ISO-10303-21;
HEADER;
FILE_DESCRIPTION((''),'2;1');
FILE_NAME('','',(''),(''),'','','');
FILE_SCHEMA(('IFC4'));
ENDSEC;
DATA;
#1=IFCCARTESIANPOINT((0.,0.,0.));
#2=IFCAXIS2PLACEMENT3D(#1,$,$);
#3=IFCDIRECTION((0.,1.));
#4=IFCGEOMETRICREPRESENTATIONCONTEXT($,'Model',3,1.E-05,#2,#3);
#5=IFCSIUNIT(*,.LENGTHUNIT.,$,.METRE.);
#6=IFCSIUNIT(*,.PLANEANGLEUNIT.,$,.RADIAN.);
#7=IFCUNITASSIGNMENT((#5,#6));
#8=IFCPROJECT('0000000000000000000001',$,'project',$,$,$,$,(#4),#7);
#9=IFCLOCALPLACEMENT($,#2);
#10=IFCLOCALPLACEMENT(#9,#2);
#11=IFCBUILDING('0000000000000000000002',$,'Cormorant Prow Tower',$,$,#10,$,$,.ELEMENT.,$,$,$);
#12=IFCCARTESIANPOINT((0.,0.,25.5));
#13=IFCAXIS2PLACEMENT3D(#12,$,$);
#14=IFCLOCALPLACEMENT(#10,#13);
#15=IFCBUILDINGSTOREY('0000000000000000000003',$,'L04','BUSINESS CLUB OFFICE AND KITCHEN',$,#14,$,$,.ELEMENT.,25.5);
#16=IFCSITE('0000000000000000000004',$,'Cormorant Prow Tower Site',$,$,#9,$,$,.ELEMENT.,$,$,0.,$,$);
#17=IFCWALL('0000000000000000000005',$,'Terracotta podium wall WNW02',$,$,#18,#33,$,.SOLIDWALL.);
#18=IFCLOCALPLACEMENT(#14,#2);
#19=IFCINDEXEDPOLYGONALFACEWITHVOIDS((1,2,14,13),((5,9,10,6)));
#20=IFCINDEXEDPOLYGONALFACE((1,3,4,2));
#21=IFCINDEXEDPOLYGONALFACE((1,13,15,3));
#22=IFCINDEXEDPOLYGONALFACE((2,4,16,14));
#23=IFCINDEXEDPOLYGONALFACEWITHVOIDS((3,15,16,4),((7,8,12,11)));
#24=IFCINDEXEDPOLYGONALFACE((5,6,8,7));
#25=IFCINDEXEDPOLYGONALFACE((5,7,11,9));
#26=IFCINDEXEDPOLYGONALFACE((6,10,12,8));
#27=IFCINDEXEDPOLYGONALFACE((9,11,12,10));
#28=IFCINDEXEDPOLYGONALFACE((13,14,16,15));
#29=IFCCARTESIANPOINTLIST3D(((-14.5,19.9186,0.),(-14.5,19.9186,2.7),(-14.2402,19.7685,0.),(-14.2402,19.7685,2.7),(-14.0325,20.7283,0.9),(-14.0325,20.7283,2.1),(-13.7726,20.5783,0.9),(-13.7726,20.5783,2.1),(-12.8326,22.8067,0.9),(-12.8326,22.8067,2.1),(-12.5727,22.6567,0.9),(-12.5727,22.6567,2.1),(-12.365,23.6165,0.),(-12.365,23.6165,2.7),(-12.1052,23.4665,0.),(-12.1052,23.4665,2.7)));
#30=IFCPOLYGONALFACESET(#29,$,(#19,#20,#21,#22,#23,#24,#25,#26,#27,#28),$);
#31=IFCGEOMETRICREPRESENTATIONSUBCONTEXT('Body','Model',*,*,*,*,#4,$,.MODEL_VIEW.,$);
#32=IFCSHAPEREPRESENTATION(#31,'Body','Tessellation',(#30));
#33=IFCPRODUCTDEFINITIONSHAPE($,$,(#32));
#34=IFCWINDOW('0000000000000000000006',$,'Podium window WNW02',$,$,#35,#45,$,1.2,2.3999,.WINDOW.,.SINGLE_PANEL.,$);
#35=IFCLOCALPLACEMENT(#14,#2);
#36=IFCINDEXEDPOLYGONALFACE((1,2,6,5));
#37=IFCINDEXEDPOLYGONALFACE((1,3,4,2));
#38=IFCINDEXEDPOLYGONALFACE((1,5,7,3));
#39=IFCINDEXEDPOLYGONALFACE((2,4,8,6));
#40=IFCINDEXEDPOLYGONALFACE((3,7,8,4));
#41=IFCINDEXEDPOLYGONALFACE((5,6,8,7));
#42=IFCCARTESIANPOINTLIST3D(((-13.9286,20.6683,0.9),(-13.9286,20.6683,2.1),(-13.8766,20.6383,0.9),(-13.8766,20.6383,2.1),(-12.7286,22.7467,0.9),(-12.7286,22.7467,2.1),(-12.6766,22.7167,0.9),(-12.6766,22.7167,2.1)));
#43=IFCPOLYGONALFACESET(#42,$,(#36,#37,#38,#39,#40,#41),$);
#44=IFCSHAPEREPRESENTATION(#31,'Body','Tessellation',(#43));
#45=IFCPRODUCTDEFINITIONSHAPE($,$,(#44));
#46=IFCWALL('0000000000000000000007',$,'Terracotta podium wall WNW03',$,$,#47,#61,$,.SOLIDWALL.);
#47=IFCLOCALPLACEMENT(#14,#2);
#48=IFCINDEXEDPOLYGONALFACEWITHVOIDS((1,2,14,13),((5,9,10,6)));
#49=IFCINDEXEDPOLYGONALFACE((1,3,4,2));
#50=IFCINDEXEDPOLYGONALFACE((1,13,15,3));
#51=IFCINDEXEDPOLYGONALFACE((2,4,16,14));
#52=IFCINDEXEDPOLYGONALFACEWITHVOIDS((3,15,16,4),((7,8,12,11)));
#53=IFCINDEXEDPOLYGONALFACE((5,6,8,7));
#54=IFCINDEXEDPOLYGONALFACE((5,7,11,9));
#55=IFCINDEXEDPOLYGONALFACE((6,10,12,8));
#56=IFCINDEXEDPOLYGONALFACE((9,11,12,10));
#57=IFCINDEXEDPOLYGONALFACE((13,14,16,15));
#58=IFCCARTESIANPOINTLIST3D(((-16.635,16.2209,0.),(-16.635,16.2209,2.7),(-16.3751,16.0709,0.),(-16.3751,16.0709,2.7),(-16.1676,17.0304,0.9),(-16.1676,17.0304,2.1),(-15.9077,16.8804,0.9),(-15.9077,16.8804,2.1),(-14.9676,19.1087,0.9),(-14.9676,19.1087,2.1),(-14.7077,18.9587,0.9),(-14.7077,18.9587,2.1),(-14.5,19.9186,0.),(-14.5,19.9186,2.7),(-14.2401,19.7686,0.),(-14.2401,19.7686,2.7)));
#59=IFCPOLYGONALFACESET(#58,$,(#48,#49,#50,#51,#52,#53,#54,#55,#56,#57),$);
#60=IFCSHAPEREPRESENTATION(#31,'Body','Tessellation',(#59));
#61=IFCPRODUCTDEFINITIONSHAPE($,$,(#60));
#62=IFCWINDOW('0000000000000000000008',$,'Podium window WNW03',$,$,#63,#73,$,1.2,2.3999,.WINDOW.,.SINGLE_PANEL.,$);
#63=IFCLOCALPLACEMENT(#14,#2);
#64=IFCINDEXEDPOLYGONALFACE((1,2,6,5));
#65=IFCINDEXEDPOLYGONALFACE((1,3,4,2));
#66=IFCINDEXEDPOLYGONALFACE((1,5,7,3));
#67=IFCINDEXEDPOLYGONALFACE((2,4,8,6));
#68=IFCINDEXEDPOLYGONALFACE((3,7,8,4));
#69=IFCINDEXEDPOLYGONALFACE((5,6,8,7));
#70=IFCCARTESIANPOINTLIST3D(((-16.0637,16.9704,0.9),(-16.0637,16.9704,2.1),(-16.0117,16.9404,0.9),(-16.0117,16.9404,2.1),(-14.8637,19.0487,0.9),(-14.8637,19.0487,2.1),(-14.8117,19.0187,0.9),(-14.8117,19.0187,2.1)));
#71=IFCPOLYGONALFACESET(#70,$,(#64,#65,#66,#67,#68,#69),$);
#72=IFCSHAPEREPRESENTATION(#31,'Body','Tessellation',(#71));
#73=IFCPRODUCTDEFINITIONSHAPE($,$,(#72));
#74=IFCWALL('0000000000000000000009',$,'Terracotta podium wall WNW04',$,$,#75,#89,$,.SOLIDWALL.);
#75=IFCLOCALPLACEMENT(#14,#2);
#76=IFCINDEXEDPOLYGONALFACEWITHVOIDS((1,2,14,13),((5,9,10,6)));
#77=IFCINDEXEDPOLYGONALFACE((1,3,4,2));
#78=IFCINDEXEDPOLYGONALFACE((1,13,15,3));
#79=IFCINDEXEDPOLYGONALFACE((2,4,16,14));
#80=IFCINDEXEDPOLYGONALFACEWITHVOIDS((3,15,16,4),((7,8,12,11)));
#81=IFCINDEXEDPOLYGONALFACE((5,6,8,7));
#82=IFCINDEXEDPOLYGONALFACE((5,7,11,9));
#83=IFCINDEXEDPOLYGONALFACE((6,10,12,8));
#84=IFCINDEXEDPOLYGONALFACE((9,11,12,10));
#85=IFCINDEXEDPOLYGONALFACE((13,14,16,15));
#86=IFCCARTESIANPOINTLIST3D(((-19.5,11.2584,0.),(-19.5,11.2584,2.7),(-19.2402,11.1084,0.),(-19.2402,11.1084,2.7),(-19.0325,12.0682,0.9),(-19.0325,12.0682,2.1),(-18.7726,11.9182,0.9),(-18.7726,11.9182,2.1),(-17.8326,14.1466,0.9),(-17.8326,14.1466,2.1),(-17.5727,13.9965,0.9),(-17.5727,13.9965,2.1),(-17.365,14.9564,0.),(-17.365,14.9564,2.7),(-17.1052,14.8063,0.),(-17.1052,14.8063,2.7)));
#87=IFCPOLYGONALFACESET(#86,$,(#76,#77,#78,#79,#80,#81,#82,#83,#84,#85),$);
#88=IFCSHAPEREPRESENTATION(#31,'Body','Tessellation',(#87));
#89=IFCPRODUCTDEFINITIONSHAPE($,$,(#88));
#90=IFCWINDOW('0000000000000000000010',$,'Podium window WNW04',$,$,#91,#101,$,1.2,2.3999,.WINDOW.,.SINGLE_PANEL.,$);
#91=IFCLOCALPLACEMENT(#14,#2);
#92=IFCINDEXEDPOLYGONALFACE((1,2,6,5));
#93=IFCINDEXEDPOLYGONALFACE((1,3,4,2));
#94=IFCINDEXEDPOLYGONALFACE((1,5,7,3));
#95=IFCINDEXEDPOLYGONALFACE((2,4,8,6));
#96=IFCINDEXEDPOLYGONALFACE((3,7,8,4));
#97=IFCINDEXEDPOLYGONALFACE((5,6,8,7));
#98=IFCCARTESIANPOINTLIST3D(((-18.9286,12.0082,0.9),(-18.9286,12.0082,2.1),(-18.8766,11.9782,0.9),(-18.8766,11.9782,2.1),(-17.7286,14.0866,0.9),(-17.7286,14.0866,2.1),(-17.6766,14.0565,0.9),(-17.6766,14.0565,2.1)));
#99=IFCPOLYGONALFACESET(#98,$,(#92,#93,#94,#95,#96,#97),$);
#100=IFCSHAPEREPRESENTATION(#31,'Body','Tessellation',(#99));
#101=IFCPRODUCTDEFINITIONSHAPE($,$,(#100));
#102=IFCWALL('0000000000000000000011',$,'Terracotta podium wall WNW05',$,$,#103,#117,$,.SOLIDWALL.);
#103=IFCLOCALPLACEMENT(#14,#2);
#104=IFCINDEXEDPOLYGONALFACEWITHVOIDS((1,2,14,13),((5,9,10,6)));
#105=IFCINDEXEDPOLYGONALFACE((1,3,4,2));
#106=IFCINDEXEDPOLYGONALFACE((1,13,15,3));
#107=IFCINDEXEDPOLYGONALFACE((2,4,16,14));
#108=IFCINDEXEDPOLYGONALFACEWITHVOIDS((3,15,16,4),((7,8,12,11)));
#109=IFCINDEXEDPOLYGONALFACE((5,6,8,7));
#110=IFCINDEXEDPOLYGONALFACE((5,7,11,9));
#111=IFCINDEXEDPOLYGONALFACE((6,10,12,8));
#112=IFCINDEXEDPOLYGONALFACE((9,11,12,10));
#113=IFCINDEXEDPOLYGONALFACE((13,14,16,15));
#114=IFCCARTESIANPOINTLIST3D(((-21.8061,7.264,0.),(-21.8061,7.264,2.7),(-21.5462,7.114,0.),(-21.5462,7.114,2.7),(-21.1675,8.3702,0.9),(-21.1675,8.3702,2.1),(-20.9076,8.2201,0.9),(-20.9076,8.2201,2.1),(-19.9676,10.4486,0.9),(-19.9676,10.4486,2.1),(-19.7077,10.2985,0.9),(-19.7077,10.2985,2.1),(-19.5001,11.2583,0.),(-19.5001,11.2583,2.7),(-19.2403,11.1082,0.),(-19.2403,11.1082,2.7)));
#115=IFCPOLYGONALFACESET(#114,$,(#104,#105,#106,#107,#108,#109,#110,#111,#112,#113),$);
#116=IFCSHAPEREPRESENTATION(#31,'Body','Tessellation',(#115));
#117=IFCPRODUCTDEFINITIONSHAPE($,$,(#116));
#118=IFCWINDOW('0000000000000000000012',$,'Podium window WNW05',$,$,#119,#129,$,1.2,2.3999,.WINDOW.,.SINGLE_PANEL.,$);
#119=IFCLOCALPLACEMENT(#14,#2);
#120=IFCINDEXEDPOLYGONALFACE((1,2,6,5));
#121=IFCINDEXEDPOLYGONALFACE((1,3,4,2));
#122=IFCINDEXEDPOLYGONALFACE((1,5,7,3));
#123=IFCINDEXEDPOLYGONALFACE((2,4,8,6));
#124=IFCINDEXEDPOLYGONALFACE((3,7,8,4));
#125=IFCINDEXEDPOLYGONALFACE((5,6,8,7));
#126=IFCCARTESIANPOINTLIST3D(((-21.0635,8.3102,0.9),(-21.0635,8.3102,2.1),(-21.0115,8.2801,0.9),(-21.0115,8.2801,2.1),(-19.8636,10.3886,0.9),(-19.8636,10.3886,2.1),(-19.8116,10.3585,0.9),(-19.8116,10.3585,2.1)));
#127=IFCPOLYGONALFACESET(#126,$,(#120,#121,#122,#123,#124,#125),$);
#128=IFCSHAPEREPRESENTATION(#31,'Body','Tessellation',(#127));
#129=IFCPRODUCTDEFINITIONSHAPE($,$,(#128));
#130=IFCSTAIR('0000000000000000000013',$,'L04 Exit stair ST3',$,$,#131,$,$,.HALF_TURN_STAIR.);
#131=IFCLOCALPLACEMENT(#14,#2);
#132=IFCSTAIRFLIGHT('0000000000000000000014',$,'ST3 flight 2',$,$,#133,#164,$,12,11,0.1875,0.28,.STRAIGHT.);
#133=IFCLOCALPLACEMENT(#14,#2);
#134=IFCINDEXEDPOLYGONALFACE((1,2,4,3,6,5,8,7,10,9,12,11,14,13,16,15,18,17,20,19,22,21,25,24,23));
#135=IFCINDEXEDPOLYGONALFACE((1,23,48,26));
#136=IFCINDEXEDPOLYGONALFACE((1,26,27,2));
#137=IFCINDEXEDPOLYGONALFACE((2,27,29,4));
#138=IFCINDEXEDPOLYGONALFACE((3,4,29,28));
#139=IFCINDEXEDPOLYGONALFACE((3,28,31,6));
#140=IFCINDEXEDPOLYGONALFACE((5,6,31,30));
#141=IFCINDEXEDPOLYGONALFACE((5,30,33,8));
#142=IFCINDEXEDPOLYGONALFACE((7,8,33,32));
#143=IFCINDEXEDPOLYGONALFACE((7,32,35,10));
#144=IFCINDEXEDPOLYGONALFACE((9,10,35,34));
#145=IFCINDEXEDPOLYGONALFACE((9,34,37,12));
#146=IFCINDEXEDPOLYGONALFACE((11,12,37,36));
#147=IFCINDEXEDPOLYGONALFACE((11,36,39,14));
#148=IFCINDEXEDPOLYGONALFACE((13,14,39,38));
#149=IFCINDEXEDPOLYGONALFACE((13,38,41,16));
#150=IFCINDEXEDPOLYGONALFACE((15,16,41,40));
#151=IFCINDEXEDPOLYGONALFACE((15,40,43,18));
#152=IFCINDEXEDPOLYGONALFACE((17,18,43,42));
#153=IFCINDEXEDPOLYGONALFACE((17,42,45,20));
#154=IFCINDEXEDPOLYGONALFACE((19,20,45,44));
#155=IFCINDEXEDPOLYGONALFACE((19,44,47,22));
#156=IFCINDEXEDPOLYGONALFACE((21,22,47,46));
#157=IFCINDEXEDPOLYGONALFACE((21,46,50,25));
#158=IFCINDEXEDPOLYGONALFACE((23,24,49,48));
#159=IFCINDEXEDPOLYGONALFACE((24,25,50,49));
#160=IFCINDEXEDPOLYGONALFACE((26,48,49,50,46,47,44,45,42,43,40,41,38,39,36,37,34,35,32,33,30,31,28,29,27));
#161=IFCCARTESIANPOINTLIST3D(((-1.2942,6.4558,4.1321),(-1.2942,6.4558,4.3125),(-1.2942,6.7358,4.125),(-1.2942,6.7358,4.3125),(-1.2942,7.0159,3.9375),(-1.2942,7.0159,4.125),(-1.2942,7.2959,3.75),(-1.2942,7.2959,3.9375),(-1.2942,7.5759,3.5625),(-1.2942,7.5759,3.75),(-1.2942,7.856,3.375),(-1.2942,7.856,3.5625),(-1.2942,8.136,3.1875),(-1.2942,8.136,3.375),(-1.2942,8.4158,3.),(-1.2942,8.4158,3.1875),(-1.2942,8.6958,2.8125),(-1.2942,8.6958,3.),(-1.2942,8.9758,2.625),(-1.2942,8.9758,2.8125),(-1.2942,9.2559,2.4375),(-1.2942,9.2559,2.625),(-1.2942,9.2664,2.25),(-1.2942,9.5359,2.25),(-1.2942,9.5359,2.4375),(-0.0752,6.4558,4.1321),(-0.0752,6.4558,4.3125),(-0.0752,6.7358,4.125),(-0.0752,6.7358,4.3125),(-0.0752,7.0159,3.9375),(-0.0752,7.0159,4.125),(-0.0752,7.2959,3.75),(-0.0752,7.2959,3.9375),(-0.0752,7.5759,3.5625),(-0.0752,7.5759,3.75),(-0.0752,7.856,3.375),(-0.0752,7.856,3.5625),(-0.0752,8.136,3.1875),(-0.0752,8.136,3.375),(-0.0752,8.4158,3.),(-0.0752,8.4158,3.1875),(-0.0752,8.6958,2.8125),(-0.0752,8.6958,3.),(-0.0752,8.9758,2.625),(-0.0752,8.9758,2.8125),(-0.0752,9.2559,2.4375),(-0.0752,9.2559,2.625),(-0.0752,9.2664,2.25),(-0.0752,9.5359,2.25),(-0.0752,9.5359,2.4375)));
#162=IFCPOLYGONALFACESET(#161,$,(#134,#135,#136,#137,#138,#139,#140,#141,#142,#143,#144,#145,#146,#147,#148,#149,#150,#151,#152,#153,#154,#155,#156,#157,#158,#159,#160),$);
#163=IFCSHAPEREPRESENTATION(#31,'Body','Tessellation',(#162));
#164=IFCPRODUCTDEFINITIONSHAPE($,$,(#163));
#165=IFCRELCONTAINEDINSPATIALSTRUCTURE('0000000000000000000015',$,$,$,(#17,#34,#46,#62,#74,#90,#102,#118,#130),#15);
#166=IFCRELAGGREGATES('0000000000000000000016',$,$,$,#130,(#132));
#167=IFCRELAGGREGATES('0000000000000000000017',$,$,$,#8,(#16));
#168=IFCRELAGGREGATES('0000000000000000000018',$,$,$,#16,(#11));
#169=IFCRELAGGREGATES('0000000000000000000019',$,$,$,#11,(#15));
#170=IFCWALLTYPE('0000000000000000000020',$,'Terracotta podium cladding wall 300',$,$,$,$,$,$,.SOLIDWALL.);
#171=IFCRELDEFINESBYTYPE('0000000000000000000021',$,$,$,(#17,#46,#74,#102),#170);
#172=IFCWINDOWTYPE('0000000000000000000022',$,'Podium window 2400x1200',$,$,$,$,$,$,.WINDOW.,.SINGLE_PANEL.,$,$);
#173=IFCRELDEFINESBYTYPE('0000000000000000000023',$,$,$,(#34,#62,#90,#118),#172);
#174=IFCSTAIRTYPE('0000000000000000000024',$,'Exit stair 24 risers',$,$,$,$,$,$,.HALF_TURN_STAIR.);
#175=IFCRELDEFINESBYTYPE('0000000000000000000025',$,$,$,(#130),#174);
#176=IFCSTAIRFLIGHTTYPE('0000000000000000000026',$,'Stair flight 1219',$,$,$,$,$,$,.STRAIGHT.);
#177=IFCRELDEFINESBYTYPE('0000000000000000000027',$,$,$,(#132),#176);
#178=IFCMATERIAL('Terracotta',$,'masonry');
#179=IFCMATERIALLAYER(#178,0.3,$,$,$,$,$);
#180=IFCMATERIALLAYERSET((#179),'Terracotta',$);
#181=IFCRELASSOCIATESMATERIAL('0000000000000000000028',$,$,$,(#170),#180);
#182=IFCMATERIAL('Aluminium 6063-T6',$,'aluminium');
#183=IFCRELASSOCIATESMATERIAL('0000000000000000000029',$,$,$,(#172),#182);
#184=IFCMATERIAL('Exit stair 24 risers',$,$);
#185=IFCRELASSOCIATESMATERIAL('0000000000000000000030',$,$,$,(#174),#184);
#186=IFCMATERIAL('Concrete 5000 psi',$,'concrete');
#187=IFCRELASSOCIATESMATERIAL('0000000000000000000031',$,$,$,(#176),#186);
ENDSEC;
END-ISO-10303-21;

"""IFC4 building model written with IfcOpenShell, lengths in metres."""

from ifc_helpers import new_model, si_unit, direction, frame, frame_2d, origin, place, context, subcontext, project, spatial, polyline, rectangle, outline, extrude, material, layer, layer_set, type_object, element, fill, aggregate, save


model = new_model("IFC4")

# Units and contexts
model_context = context("Model", 3, precision=1e-05, world=origin(), true_north=direction((0.0, 1.0)))
body_context = subcontext(model_context, "Body", "Model", "MODEL_VIEW")
ifc_project = project(units=[si_unit("LENGTHUNIT", "METRE"), si_unit("PLANEANGLEUNIT", "RADIAN")], contexts=[model_context])

# Site, building, storey
site_placement = place(None, origin())
site = spatial("IfcSite", under=ifc_project, at=site_placement, Name="Cormorant Prow Tower Site", CompositionType="ELEMENT", RefElevation=0.0)
building_placement = place(site_placement, origin())
building = spatial("IfcBuilding", under=site, at=building_placement, Name="Cormorant Prow Tower", CompositionType="ELEMENT")
storey_placement = place(building_placement, frame((0.0, 0.0, 25.5)))
storey = spatial("IfcBuildingStorey", under=building, at=storey_placement, Name="L04", Description="BUSINESS CLUB OFFICE AND KITCHEN", CompositionType="ELEMENT", Elevation=25.5)

# Walls, openings, windows
ifc_material_1 = material(Name="Terracotta", Category="masonry")
ifc_layer_1 = layer(ifc_material_1, 0.3)
ifc_layer_set_1 = layer_set([ifc_layer_1], Name="Terracotta")
wall_type_1 = type_object("IfcWallType", Name="Terracotta podium cladding wall 300", PredefinedType="SOLIDWALL", material=ifc_layer_set_1)
ifc_material_2 = material(Name="Aluminium 6063-T6", Category="aluminium")
window_type = type_object("IfcWindowType", Name="Podium window 2400x1200", PartitioningType="SINGLE_PANEL", PredefinedType="WINDOW", material=ifc_material_2)
wall_1_placement = place(storey_placement, frame((-12.2351, 23.5415, 0.0), z_axis=(0.0, 0.0, 1.0), x_axis=(-0.499995, -0.866028, 0.0)))
wall_1 = element("IfcWall", 1, at=wall_1_placement, inside=storey, type_object=wall_type_1, Name="Terracotta podium wall WNW02", PredefinedType="SOLIDWALL", context=body_context, shape_type="SweptSolid", body=[
    extrude(rectangle(XDim=4.27, YDim=0.3, at=frame_2d((2.135, 0.0))), origin(), (0.0, 0.0, 1.0), 2.7),
])
opening_1_placement = place(wall_1_placement, frame((0.9351, 0.0, 0.8999)))
opening_1 = element("IfcOpeningElement", 2, at=opening_1_placement, cuts=wall_1, PredefinedType="OPENING", context=body_context, shape_type="SweptSolid", body=[
    extrude(rectangle(XDim=2.3999, YDim=1.2, at=frame_2d((1.2, 0.6001))), frame((0.0, 0.1599, 0.0), z_axis=(0.0, -1.0, 0.0), x_axis=(1.0, 0.0, 0.0)), (0.0, 0.0, 1.0), 0.3201),
])
window_1_placement = place(opening_1_placement, origin())
window_1 = element("IfcWindow", 3, at=window_1_placement, inside=storey, type_object=window_type, Name="Podium window WNW02", OverallHeight=1.2, OverallWidth=2.3999, PartitioningType="SINGLE_PANEL", PredefinedType="WINDOW", context=body_context, shape_type="SweptSolid", body=[
    extrude(rectangle(XDim=2.3999, YDim=1.2, at=frame_2d((1.2, 0.6001))), frame((0.0, 0.03, 0.0), z_axis=(0.0, -1.0, 0.0), x_axis=(1.0, 0.0, 0.0)), (0.0, 0.0, 1.0), 0.0601),
])
fill(opening_1, window_1)
wall_2_placement = place(storey_placement, frame((-14.3701, 19.8435, 0.0), z_axis=(0.0, 0.0, 1.0), x_axis=(-0.500019, -0.866014, 0.0)))
wall_2 = element("IfcWall", 4, at=wall_2_placement, inside=storey, type_object=wall_type_1, Name="Terracotta podium wall WNW03", PredefinedType="SOLIDWALL", context=body_context, shape_type="SweptSolid", body=[
    extrude(rectangle(XDim=4.2698, YDim=0.3, at=frame_2d((2.1348, 0.0))), origin(), (0.0, 0.0, 1.0), 2.7),
])
opening_2_placement = place(wall_2_placement, frame((0.9351, 0.0, 0.8999)))
opening_2 = element("IfcOpeningElement", 5, at=opening_2_placement, cuts=wall_2, PredefinedType="OPENING", context=body_context, shape_type="SweptSolid", body=[
    extrude(rectangle(XDim=2.3999, YDim=1.2, at=frame_2d((1.2, 0.6001))), frame((0.0, 0.1599, 0.0), z_axis=(0.0, -1.0, 0.0), x_axis=(1.0, 0.0, 0.0)), (0.0, 0.0, 1.0), 0.3201),
])
window_2_placement = place(opening_2_placement, origin())
window_2 = element("IfcWindow", 6, at=window_2_placement, inside=storey, type_object=window_type, Name="Podium window WNW03", OverallHeight=1.2, OverallWidth=2.3999, PartitioningType="SINGLE_PANEL", PredefinedType="WINDOW", context=body_context, shape_type="SweptSolid", body=[
    extrude(rectangle(XDim=2.3999, YDim=1.2, at=frame_2d((1.2, 0.6001))), frame((0.0, 0.03, 0.0), z_axis=(0.0, -1.0, 0.0), x_axis=(1.0, 0.0, 0.0)), (0.0, 0.0, 1.0), 0.0601),
])
fill(opening_2, window_2)
wall_3_placement = place(storey_placement, frame((-17.2351, 14.8813, 0.0), z_axis=(0.0, 0.0, 1.0), x_axis=(-0.499995, -0.866028, 0.0)))
wall_3 = element("IfcWall", 7, at=wall_3_placement, inside=storey, type_object=wall_type_1, Name="Terracotta podium wall WNW04", PredefinedType="SOLIDWALL", context=body_context, shape_type="SweptSolid", body=[
    extrude(rectangle(XDim=4.27, YDim=0.3, at=frame_2d((2.135, 0.0))), origin(), (0.0, 0.0, 1.0), 2.7),
])
opening_3_placement = place(wall_3_placement, frame((0.9351, 0.0, 0.8999)))
opening_3 = element("IfcOpeningElement", 8, at=opening_3_placement, cuts=wall_3, PredefinedType="OPENING", context=body_context, shape_type="SweptSolid", body=[
    extrude(rectangle(XDim=2.3999, YDim=1.2, at=frame_2d((1.2, 0.6001))), frame((0.0, 0.1599, 0.0), z_axis=(0.0, -1.0, 0.0), x_axis=(1.0, 0.0, 0.0)), (0.0, 0.0, 1.0), 0.3201),
])
window_3_placement = place(opening_3_placement, origin())
window_3 = element("IfcWindow", 9, at=window_3_placement, inside=storey, type_object=window_type, Name="Podium window WNW04", OverallHeight=1.2, OverallWidth=2.3999, PartitioningType="SINGLE_PANEL", PredefinedType="WINDOW", context=body_context, shape_type="SweptSolid", body=[
    extrude(rectangle(XDim=2.3999, YDim=1.2, at=frame_2d((1.2, 0.6001))), frame((0.0, 0.03, 0.0), z_axis=(0.0, -1.0, 0.0), x_axis=(1.0, 0.0, 0.0)), (0.0, 0.0, 1.0), 0.0601),
])
fill(opening_3, window_3)
wall_4_placement = place(storey_placement, frame((-19.3701, 11.1833, 0.0), z_axis=(0.0, 0.0, 1.0), x_axis=(-0.499982, -0.866036, 0.0)))
wall_4 = element("IfcWall", 10, at=wall_4_placement, inside=storey, type_object=wall_type_1, Name="Terracotta podium wall WNW05", PredefinedType="SOLIDWALL", context=body_context, shape_type="SweptSolid", body=[
    extrude(rectangle(XDim=4.6121, YDim=0.3, at=frame_2d((2.3062, 0.0))), origin(), (0.0, 0.0, 1.0), 2.7),
])
opening_4_placement = place(wall_4_placement, frame((0.9351, 0.0, 0.8999)))
opening_4 = element("IfcOpeningElement", 11, at=opening_4_placement, cuts=wall_4, PredefinedType="OPENING", context=body_context, shape_type="SweptSolid", body=[
    extrude(rectangle(XDim=2.3999, YDim=1.2, at=frame_2d((1.2, 0.6001))), frame((0.0, 0.1599, 0.0), z_axis=(0.0, -1.0, 0.0), x_axis=(1.0, 0.0, 0.0)), (0.0, 0.0, 1.0), 0.3201),
])
window_4_placement = place(opening_4_placement, origin())
window_4 = element("IfcWindow", 12, at=window_4_placement, inside=storey, type_object=window_type, Name="Podium window WNW05", OverallHeight=1.2, OverallWidth=2.3999, PartitioningType="SINGLE_PANEL", PredefinedType="WINDOW", context=body_context, shape_type="SweptSolid", body=[
    extrude(rectangle(XDim=2.3999, YDim=1.2, at=frame_2d((1.2, 0.6001))), frame((0.0, 0.03, 0.0), z_axis=(0.0, -1.0, 0.0), x_axis=(1.0, 0.0, 0.0)), (0.0, 0.0, 1.0), 0.0601),
])
fill(opening_4, window_4)

# Stair, stair flight
ifc_material_3 = material(Name="Exit stair 24 risers")
stair_type = type_object("IfcStairType", Name="Exit stair 24 risers", PredefinedType="HALF_TURN_STAIR", material=ifc_material_3)
stair_placement = place(storey_placement, origin())
stair = element("IfcStair", 13, at=stair_placement, inside=storey, type_object=stair_type, Name="L04 Exit stair ST3", PredefinedType="HALF_TURN_STAIR")
ifc_material_4 = material(Name="Concrete 5000 psi", Category="concrete")
stair_flight_type = type_object("IfcStairFlightType", Name="Stair flight 1219", PredefinedType="STRAIGHT", material=ifc_material_4)
stair_flight_placement = place(storey_placement, frame((-0.6846, 9.5359, 2.25), z_axis=(0.0, 0.0, 1.0), x_axis=(0.0, -1.0, 0.0)))
stair_flight = element("IfcStairFlight", 14, at=stair_flight_placement, type_object=stair_flight_type, Name="ST3 flight 2", NumberOfRisers=12, NumberOfTreads=11, PredefinedType="STRAIGHT", RiserHeight=0.1875, TreadLength=0.28, context=body_context, shape_type="SweptSolid", body=[
    extrude(outline(polyline([(0.0, 0.0), (0.0, 0.1875), (0.28, 0.1875), (0.28, 0.375), (0.5601, 0.375), (0.5601, 0.5625), (0.8401, 0.5625), (0.8401, 0.75), (1.1201, 0.75), (1.1201, 0.9375), (1.3999, 0.9375), (1.3999, 1.125), (1.6799, 1.125), (1.6799, 1.3125), (1.96, 1.3125), (1.96, 1.5), (2.24, 1.5), (2.24, 1.6875), (2.52, 1.6875), (2.52, 1.875), (2.8, 1.875), (2.8, 2.0625), (3.0801, 2.0625), (3.0801, 2.25), (3.0801, 1.8821), (0.2695, 0.0), (0.0, 0.0)])), frame((0.0, 0.6094, 0.0), z_axis=(0.0, -1.0, 0.0), x_axis=(1.0, 0.0, 0.0)), (0.0, 0.0, 1.0), 1.219),
])
aggregate(stair, [stair_flight])

save(model, "model.ifc")
